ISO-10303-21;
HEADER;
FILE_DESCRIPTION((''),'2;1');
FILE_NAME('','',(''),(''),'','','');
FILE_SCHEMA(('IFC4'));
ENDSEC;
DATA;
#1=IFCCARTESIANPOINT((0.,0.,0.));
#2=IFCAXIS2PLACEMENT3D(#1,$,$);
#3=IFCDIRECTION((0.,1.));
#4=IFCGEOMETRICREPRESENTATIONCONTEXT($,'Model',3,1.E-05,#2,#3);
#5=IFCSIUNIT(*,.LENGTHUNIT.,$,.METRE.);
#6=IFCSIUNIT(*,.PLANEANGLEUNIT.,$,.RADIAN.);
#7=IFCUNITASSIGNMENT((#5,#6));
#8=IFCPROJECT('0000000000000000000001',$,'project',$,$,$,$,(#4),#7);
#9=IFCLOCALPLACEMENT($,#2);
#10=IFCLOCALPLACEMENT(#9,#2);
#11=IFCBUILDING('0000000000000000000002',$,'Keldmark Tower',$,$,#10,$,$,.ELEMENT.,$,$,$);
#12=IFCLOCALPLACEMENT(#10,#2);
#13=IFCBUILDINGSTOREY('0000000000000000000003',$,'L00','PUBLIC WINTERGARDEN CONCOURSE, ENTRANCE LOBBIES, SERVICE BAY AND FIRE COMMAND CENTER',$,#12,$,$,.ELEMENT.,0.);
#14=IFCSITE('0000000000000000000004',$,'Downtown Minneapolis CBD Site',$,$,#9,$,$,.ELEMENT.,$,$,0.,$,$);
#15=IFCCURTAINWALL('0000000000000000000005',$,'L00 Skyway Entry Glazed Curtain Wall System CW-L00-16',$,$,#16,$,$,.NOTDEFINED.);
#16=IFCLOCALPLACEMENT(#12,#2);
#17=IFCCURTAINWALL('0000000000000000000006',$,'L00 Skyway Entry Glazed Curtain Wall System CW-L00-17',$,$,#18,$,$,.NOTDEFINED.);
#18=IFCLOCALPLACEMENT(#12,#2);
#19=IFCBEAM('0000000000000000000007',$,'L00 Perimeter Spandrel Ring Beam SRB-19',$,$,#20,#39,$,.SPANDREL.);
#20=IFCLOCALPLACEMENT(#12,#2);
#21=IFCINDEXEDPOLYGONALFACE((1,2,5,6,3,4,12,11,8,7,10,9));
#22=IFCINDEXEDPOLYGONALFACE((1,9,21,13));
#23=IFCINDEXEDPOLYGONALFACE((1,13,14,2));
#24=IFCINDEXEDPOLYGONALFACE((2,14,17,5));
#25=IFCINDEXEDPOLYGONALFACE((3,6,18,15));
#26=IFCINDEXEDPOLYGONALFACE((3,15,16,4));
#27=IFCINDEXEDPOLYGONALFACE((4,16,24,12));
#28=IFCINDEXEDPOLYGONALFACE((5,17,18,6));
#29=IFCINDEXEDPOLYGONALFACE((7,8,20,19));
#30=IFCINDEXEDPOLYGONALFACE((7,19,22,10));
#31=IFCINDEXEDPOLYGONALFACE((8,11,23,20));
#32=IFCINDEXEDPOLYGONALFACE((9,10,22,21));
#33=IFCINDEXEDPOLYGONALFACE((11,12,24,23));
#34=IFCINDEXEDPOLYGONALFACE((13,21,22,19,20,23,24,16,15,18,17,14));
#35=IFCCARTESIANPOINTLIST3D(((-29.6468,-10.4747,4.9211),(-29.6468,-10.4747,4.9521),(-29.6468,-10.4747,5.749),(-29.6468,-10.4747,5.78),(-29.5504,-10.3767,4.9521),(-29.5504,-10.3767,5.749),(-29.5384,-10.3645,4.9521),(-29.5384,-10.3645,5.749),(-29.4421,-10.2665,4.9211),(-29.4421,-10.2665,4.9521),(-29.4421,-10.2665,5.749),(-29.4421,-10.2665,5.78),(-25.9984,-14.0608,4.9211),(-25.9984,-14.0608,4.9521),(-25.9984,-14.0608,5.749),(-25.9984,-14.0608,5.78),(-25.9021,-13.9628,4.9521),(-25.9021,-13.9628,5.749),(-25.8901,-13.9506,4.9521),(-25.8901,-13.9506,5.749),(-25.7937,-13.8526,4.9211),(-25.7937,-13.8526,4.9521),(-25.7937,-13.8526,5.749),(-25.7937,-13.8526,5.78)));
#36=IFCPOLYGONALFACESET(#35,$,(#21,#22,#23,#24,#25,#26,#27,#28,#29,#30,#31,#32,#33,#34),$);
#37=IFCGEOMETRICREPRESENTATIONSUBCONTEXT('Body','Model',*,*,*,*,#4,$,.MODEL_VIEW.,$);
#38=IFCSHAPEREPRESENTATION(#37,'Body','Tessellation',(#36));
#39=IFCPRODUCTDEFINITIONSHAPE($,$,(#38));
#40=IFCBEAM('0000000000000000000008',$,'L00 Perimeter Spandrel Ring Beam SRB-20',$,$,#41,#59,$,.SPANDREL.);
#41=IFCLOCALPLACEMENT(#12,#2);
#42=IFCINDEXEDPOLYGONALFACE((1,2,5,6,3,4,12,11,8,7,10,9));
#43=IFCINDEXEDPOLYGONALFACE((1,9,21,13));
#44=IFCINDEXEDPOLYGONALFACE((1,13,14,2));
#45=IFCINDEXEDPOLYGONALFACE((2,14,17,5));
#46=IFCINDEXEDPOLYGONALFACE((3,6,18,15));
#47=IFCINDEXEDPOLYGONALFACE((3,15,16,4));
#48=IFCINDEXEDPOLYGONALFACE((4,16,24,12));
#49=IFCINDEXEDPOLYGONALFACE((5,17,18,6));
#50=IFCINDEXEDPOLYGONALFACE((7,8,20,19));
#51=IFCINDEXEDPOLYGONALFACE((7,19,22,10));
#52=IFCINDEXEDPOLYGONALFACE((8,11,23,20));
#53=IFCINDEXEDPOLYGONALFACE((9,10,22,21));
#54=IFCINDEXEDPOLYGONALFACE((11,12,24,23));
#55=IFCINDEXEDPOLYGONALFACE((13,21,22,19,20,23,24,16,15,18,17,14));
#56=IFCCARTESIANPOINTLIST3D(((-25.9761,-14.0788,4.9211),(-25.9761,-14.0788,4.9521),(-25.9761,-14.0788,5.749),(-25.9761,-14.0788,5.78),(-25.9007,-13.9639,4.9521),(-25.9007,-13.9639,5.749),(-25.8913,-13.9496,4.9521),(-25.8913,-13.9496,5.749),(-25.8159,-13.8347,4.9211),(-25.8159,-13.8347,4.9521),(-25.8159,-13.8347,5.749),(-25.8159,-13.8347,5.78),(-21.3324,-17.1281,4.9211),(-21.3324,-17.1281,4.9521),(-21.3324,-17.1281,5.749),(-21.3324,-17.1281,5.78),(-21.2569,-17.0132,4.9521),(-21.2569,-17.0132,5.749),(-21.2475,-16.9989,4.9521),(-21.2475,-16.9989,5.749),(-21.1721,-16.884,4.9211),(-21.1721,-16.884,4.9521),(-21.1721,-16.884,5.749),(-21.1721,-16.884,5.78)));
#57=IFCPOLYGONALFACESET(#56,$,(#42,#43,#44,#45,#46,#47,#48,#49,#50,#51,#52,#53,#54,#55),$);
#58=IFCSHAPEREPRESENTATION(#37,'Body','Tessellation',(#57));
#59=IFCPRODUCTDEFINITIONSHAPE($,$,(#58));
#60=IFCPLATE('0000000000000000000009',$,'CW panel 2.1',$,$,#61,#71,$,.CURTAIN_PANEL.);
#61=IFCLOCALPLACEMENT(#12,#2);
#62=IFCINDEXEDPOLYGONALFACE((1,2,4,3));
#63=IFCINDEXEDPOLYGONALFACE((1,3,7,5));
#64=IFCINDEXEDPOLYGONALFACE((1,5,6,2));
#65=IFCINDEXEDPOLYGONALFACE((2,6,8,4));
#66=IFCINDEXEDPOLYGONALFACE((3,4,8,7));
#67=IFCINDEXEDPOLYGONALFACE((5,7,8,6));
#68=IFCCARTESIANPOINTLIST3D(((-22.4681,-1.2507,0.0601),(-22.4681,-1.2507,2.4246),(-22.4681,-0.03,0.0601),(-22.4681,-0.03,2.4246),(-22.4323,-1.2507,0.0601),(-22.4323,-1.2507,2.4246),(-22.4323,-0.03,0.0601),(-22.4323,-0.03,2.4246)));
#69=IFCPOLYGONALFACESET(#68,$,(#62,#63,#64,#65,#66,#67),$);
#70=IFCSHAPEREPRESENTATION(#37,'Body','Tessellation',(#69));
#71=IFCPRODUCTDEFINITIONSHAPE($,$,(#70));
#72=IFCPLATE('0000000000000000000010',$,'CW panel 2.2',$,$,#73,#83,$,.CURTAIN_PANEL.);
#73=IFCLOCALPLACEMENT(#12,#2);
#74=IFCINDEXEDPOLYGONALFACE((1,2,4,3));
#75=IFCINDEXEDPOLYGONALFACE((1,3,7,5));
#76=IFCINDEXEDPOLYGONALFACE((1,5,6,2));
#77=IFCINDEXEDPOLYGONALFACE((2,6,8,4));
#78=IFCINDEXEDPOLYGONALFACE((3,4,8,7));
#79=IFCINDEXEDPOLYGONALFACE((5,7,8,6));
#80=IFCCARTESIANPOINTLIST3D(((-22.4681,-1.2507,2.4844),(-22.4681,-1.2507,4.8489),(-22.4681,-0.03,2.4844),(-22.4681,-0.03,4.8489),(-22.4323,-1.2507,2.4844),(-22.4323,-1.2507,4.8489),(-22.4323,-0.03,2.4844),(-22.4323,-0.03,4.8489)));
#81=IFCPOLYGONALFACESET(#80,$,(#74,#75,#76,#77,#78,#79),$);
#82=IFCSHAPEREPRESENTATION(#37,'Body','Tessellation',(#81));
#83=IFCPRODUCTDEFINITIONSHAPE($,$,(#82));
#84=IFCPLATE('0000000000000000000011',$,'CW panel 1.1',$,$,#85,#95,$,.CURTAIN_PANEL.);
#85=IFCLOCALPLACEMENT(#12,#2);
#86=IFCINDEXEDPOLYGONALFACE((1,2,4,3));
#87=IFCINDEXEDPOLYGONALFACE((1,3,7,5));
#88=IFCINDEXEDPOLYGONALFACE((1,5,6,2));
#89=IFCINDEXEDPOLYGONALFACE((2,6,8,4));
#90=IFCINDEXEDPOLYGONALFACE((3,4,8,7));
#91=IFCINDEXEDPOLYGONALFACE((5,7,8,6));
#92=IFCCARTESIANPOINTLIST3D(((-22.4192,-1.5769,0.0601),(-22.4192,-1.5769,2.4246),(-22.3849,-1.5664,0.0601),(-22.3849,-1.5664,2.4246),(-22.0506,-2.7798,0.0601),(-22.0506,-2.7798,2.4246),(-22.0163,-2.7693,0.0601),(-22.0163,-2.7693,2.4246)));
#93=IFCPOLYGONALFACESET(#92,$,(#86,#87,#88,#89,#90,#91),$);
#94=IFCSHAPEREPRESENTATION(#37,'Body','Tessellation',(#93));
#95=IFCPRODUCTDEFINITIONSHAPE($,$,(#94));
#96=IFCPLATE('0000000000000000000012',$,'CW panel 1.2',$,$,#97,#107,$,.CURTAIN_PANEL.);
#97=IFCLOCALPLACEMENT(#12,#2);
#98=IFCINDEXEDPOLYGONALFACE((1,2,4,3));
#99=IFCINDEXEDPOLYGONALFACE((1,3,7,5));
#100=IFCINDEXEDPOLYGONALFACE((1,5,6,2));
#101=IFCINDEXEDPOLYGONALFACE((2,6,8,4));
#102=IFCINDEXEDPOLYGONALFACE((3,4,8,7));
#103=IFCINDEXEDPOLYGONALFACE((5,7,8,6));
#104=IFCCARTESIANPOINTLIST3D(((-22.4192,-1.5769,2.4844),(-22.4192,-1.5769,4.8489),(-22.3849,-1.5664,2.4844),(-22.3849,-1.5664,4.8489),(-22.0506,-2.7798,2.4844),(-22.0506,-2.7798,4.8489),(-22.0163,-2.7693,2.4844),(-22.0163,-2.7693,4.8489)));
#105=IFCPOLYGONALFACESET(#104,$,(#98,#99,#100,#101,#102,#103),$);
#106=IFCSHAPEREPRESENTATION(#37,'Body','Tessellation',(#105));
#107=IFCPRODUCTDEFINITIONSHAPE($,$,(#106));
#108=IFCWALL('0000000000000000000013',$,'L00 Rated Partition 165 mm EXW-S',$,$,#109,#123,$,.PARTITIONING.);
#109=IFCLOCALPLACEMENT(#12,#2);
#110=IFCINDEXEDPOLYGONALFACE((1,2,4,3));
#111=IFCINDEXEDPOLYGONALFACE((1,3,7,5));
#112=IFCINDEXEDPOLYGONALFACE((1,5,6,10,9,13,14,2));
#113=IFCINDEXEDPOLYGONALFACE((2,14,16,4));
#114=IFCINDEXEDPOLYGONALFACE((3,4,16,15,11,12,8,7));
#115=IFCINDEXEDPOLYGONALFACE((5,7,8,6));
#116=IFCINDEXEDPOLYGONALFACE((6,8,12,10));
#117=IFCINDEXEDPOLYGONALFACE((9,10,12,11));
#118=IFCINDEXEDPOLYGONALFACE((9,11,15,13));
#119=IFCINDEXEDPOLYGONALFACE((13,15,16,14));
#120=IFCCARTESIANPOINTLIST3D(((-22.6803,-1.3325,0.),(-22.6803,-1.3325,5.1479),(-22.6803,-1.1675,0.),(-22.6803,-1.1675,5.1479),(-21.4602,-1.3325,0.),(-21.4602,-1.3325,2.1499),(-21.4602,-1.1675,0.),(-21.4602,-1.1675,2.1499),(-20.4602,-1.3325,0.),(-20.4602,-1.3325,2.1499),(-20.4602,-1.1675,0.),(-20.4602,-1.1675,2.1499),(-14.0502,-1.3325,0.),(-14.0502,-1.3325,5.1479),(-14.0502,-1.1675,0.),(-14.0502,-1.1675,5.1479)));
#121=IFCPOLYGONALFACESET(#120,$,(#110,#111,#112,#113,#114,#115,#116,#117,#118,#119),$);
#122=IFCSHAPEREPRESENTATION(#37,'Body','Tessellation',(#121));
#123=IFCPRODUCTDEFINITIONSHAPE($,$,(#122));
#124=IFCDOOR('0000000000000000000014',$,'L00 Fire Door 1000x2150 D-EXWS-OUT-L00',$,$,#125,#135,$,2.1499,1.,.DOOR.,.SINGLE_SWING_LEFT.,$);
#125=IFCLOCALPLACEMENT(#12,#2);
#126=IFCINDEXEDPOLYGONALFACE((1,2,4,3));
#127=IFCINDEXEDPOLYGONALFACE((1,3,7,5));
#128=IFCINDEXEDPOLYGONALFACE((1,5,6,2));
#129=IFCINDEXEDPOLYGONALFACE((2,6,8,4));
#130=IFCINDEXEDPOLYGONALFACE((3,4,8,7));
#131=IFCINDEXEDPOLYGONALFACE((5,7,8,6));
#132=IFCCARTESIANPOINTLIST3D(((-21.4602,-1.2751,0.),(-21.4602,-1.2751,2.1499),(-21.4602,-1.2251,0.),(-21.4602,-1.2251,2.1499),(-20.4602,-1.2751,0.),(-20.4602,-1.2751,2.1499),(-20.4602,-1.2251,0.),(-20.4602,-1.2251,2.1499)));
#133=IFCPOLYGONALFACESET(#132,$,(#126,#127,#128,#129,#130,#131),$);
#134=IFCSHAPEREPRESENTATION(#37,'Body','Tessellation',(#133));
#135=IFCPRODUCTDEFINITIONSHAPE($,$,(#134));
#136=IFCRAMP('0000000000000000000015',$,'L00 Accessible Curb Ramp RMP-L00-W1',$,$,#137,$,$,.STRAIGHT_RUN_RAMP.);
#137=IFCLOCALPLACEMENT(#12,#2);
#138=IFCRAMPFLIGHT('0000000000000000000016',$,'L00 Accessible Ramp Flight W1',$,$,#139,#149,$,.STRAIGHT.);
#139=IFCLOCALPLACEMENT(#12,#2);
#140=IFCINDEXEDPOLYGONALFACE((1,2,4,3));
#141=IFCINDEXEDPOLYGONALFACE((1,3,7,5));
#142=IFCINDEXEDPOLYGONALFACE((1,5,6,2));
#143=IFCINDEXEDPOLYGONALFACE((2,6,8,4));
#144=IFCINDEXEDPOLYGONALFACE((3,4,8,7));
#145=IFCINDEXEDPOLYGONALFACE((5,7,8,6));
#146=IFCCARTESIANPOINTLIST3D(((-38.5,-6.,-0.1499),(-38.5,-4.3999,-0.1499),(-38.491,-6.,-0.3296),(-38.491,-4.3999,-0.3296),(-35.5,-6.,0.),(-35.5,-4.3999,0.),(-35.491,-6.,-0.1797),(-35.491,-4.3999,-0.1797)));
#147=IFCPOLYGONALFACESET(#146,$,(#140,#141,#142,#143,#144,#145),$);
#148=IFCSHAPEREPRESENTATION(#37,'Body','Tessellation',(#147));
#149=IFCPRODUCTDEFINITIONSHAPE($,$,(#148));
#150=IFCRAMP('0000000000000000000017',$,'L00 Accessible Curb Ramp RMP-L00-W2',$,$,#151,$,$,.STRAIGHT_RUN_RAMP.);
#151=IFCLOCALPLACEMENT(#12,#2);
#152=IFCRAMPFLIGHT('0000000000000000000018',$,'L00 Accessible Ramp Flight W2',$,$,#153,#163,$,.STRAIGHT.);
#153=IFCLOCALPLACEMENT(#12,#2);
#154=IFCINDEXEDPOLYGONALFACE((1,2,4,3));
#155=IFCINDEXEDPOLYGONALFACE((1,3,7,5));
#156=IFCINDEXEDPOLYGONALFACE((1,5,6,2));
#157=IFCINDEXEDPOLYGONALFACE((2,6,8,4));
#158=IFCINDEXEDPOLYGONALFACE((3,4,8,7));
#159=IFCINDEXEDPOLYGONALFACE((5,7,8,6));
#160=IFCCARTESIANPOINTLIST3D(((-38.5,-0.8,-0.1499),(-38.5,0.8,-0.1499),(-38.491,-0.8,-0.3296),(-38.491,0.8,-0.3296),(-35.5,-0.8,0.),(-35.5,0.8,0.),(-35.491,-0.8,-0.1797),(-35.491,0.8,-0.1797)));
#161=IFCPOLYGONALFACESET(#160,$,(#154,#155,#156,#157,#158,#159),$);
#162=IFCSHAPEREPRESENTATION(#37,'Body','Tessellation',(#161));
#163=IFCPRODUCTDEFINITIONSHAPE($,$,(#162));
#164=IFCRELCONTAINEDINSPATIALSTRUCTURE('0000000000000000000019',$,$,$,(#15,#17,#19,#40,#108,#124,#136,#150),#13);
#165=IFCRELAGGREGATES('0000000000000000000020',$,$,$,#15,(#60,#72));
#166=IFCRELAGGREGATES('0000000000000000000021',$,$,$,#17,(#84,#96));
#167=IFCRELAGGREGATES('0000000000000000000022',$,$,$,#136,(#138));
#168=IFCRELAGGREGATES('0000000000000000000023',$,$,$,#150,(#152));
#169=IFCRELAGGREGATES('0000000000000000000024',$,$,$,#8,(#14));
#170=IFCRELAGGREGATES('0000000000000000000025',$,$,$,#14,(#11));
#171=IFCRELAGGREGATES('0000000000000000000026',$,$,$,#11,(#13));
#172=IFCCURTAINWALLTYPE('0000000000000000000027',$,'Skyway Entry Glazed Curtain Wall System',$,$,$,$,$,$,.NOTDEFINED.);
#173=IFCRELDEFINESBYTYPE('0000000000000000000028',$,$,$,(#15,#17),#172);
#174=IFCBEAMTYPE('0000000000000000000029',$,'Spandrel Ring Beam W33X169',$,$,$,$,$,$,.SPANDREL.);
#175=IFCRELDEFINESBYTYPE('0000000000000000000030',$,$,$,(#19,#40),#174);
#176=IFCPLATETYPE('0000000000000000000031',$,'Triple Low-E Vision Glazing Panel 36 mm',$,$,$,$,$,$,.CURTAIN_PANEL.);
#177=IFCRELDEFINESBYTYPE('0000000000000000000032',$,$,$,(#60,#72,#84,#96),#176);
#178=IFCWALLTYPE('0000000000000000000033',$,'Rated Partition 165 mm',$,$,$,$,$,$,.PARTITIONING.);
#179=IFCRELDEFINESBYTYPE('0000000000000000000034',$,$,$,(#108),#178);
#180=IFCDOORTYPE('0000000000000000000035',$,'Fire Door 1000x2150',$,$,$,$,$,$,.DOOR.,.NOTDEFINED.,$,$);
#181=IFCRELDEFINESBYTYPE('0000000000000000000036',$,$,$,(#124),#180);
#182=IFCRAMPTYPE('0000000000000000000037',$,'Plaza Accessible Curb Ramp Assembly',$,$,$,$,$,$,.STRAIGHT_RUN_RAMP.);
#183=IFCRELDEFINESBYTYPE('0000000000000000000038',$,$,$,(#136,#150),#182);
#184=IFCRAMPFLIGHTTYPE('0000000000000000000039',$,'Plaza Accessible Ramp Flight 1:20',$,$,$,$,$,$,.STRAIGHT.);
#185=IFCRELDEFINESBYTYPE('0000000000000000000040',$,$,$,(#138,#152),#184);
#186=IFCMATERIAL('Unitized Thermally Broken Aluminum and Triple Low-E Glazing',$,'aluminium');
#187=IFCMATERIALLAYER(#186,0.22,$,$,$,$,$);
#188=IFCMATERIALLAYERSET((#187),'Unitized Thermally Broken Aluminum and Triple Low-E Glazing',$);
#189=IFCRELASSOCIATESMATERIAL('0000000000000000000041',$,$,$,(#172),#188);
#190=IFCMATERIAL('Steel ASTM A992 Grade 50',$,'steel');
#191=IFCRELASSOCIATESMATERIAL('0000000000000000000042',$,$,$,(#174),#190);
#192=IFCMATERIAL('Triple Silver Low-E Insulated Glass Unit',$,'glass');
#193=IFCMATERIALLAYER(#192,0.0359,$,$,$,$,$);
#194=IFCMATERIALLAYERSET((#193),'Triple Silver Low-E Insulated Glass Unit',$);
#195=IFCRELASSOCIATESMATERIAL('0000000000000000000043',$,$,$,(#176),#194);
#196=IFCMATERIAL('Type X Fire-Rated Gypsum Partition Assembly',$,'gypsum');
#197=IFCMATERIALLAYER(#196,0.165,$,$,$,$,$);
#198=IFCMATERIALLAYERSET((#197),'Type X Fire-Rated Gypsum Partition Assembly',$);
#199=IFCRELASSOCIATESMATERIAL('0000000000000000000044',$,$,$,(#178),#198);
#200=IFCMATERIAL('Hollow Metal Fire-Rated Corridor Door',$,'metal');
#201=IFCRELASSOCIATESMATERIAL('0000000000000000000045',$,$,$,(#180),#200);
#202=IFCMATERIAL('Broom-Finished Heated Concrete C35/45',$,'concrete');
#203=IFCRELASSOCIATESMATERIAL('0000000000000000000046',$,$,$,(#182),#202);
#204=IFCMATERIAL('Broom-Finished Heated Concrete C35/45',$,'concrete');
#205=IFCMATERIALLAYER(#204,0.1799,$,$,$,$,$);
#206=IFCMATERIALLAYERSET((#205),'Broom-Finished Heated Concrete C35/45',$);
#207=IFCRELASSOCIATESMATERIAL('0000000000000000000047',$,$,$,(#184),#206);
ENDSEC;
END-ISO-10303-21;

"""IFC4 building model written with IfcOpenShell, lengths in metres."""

from ifc_helpers import new_model, si_unit, direction, frame, frame_2d, origin, origin_2d, place, context, subcontext, project, spatial, polyline, rectangle, i_section, outline, extrude, material, layer, layer_set, material_profile, profile_set, type_object, element, fill, aggregate, save


model = new_model("IFC4")

# Units and contexts
model_context = context("Model", 3, precision=1e-05, world=origin(), true_north=direction((0.0, 1.0)))
body_context = subcontext(model_context, "Body", "Model", "MODEL_VIEW")
ifc_project = project(units=[si_unit("LENGTHUNIT", "METRE"), si_unit("PLANEANGLEUNIT", "RADIAN")], contexts=[model_context])

# Site, building, storey
site_placement = place(None, origin())
site = spatial("IfcSite", under=ifc_project, at=site_placement, Name="Downtown Minneapolis CBD Site", CompositionType="ELEMENT", RefElevation=0.0)
building_placement = place(site_placement, origin())
building = spatial("IfcBuilding", under=site, at=building_placement, Name="Keldmark Tower", CompositionType="ELEMENT")
storey_placement = place(building_placement, origin())
storey = spatial("IfcBuildingStorey", under=building, at=storey_placement, Name="L00", Description="PUBLIC WINTERGARDEN CONCOURSE, ENTRANCE LOBBIES, SERVICE BAY AND FIRE COMMAND CENTER", CompositionType="ELEMENT", Elevation=0.0)

# Curtain walls
ifc_material_1 = material(Name="Unitized Thermally Broken Aluminum and Triple Low-E Glazing", Category="aluminium")
ifc_layer_1 = layer(ifc_material_1, 0.22)
ifc_layer_set_1 = layer_set([ifc_layer_1], Name="Unitized Thermally Broken Aluminum and Triple Low-E Glazing")
curtain_wall_type = type_object("IfcCurtainWallType", Name="Skyway Entry Glazed Curtain Wall System", PredefinedType="NOTDEFINED", material=ifc_layer_set_1)
curtain_wall_1_placement = place(storey_placement, origin())
curtain_wall_1 = element("IfcCurtainWall", 1, at=curtain_wall_1_placement, inside=storey, type_object=curtain_wall_type, Name="L00 Skyway Entry Glazed Curtain Wall System CW-L00-16", PredefinedType="NOTDEFINED")
curtain_wall_2_placement = place(storey_placement, origin())
curtain_wall_2 = element("IfcCurtainWall", 2, at=curtain_wall_2_placement, inside=storey, type_object=curtain_wall_type, Name="L00 Skyway Entry Glazed Curtain Wall System CW-L00-17", PredefinedType="NOTDEFINED")

# Beams
ifc_material_2 = material(Name="Steel ASTM A992 Grade 50", Category="steel")
ifc_material_profile_1 = material_profile(ifc_material_2, i_section(OverallWidth=0.292, OverallDepth=0.8589, WebThickness=0.0171, FlangeThickness=0.031, at=origin_2d()), Name="W33X169")
ifc_profile_set_1 = profile_set([ifc_material_profile_1], Name="Steel ASTM A992 Grade 50")
beam_type_1 = type_object("IfcBeamType", Name="Spandrel Ring Beam W33X169", PredefinedType="SPANDREL", material=ifc_profile_set_1)
beam_1_placement = place(storey_placement, frame((-29.5444, -10.3706, 5.3506), z_axis=(0.713165, -0.700996, 0.0), x_axis=(0.700996, 0.713165, 0.0)))
element("IfcBeam", 3, at=beam_1_placement, inside=storey, type_object=beam_type_1, Name="L00 Perimeter Spandrel Ring Beam SRB-19", PredefinedType="SPANDREL", context=body_context, shape_type="SweptSolid", body=[
    extrude(i_section(OverallWidth=0.292, OverallDepth=0.8589, WebThickness=0.0171, FlangeThickness=0.031, at=origin_2d()), origin(), (0.0, 0.0, 1.0), 5.1157),
])
beam_2_placement = place(storey_placement, frame((-25.896, -13.9568, 5.3506), z_axis=(0.835897, -0.548886, 0.0), x_axis=(0.548886, 0.835897, 0.0)))
element("IfcBeam", 4, at=beam_2_placement, inside=storey, type_object=beam_type_1, Name="L00 Perimeter Spandrel Ring Beam SRB-20", PredefinedType="SPANDREL", context=body_context, shape_type="SweptSolid", body=[
    extrude(i_section(OverallWidth=0.292, OverallDepth=0.8589, WebThickness=0.0171, FlangeThickness=0.031, at=origin_2d()), origin(), (0.0, 0.0, 1.0), 5.5554),
])

# Plates
ifc_material_3 = material(Name="Triple Silver Low-E Insulated Glass Unit", Category="glass")
ifc_layer_2 = layer(ifc_material_3, 0.0359)
ifc_layer_set_2 = layer_set([ifc_layer_2], Name="Triple Silver Low-E Insulated Glass Unit")
plate_type = type_object("IfcPlateType", Name="Triple Low-E Vision Glazing Panel 36 mm", PredefinedType="CURTAIN_PANEL", material=ifc_layer_set_2)
plate_1_placement = place(storey_placement, frame((-22.4502, -0.6404, 0.0601), z_axis=(0.0, 0.0, 1.0), x_axis=(0.0, -1.0, 0.0)))
plate_1 = element("IfcPlate", 5, at=plate_1_placement, type_object=plate_type, Name="CW panel 2.1", PredefinedType="CURTAIN_PANEL", context=body_context, shape_type="SweptSolid", body=[
    extrude(rectangle(XDim=1.2207, YDim=0.0359, at=origin_2d()), origin(), (0.0, 0.0, 1.0), 2.3645),
])
plate_2_placement = place(storey_placement, frame((-22.4502, -0.6404, 2.4844), z_axis=(0.0, 0.0, 1.0), x_axis=(0.0, -1.0, 0.0)))
plate_2 = element("IfcPlate", 6, at=plate_2_placement, type_object=plate_type, Name="CW panel 2.2", PredefinedType="CURTAIN_PANEL", context=body_context, shape_type="SweptSolid", body=[
    extrude(rectangle(XDim=1.2207, YDim=0.0359, at=origin_2d()), origin(), (0.0, 0.0, 1.0), 2.3645),
])
aggregate(curtain_wall_1, [plate_1, plate_2])
plate_3_placement = place(storey_placement, frame((-22.2178, -2.1731, 0.0601), z_axis=(0.0, 0.0, 1.0), x_axis=(0.293022, -0.956106, 0.0)))
plate_3 = element("IfcPlate", 7, at=plate_3_placement, type_object=plate_type, Name="CW panel 1.1", PredefinedType="CURTAIN_PANEL", context=body_context, shape_type="SweptSolid", body=[
    extrude(rectangle(XDim=1.2581, YDim=0.0359, at=origin_2d()), origin(), (0.0, 0.0, 1.0), 2.3645),
])
plate_4_placement = place(storey_placement, frame((-22.2178, -2.1731, 2.4844), z_axis=(0.0, 0.0, 1.0), x_axis=(0.293022, -0.956106, 0.0)))
plate_4 = element("IfcPlate", 8, at=plate_4_placement, type_object=plate_type, Name="CW panel 1.2", PredefinedType="CURTAIN_PANEL", context=body_context, shape_type="SweptSolid", body=[
    extrude(rectangle(XDim=1.2581, YDim=0.0359, at=origin_2d()), origin(), (0.0, 0.0, 1.0), 2.3645),
])
aggregate(curtain_wall_2, [plate_3, plate_4])

# Wall, opening, door
ifc_material_4 = material(Name="Type X Fire-Rated Gypsum Partition Assembly", Category="gypsum")
ifc_layer_3 = layer(ifc_material_4, 0.165)
ifc_layer_set_3 = layer_set([ifc_layer_3], Name="Type X Fire-Rated Gypsum Partition Assembly")
wall_type = type_object("IfcWallType", Name="Rated Partition 165 mm", PredefinedType="PARTITIONING", material=ifc_layer_set_3)
wall_placement = place(storey_placement, frame((-22.6802, -1.25, 0.0), z_axis=(0.0, 0.0, 1.0), x_axis=(1.0, 0.0, 0.0)))
wall = element("IfcWall", 9, at=wall_placement, inside=storey, type_object=wall_type, Name="L00 Rated Partition 165 mm EXW-S", PredefinedType="PARTITIONING", context=body_context, shape_type="SweptSolid", body=[
    extrude(rectangle(XDim=8.6301, YDim=0.165, at=frame_2d((4.3149, 0.0))), origin(), (0.0, 0.0, 1.0), 5.1479),
])
opening_placement = place(wall_placement, frame((1.22, 0.0, 0.0)))
opening = element("IfcOpeningElement", 10, at=opening_placement, cuts=wall, PredefinedType="OPENING", context=body_context, shape_type="SweptSolid", body=[
    extrude(rectangle(XDim=1.0, YDim=2.1499, at=frame_2d((0.5, 1.075))), frame((0.0, 0.0925, 0.0), z_axis=(0.0, -1.0, 0.0), x_axis=(1.0, 0.0, 0.0)), (0.0, 0.0, 1.0), 0.1851),
])
ifc_material_5 = material(Name="Hollow Metal Fire-Rated Corridor Door", Category="metal")
door_type = type_object("IfcDoorType", Name="Fire Door 1000x2150", OperationType="NOTDEFINED", PredefinedType="DOOR", material=ifc_material_5)
door_placement = place(opening_placement, origin())
door = element("IfcDoor", 11, at=door_placement, inside=storey, type_object=door_type, Name="L00 Fire Door 1000x2150 D-EXWS-OUT-L00", OperationType="SINGLE_SWING_LEFT", OverallHeight=2.1499, OverallWidth=1.0, PredefinedType="DOOR", context=body_context, shape_type="SweptSolid", body=[
    extrude(rectangle(XDim=1.0, YDim=2.1499, at=frame_2d((0.5, 1.075))), frame((0.0, 0.0249, 0.0), z_axis=(0.0, -1.0, 0.0), x_axis=(1.0, 0.0, 0.0)), (0.0, 0.0, 1.0), 0.05),
])
fill(opening, door)

# Ramps, ramp flights
ifc_material_6 = material(Name="Broom-Finished Heated Concrete C35/45", Category="concrete")
ramp_type = type_object("IfcRampType", Name="Plaza Accessible Curb Ramp Assembly", PredefinedType="STRAIGHT_RUN_RAMP", material=ifc_material_6)
ramp_1_placement = place(storey_placement, origin())
ramp_1 = element("IfcRamp", 12, at=ramp_1_placement, inside=storey, type_object=ramp_type, Name="L00 Accessible Curb Ramp RMP-L00-W1", PredefinedType="STRAIGHT_RUN_RAMP")
ifc_material_7 = material(Name="Broom-Finished Heated Concrete C35/45", Category="concrete")
ifc_layer_4 = layer(ifc_material_7, 0.1799)
ifc_layer_set_4 = layer_set([ifc_layer_4], Name="Broom-Finished Heated Concrete C35/45")
ramp_flight_type = type_object("IfcRampFlightType", Name="Plaza Accessible Ramp Flight 1:20", PredefinedType="STRAIGHT", material=ifc_layer_set_4)
ramp_flight_1_placement = place(storey_placement, frame((-38.5, -6.0, -0.1499), z_axis=(-0.049905, 0.0, 0.998754), x_axis=(0.998754, 0.0, 0.049905)))
ramp_flight_1 = element("IfcRampFlight", 13, at=ramp_flight_1_placement, type_object=ramp_flight_type, Name="L00 Accessible Ramp Flight W1", PredefinedType="STRAIGHT", context=body_context, shape_type="SweptSolid", body=[
    extrude(outline(polyline([(0.0, 0.0), (3.0037, 0.0), (3.0037, 1.6001), (0.0, 1.6001), (0.0, 0.0)])), origin(), (0.0, 0.0, -1.0), 0.1799),
])
aggregate(ramp_1, [ramp_flight_1])
ramp_2_placement = place(storey_placement, origin())
ramp_2 = element("IfcRamp", 14, at=ramp_2_placement, inside=storey, type_object=ramp_type, Name="L00 Accessible Curb Ramp RMP-L00-W2", PredefinedType="STRAIGHT_RUN_RAMP")
ramp_flight_2_placement = place(storey_placement, frame((-38.5, -0.8, -0.1499), z_axis=(-0.049905, 0.0, 0.998754), x_axis=(0.998754, 0.0, 0.049905)))
ramp_flight_2 = element("IfcRampFlight", 15, at=ramp_flight_2_placement, type_object=ramp_flight_type, Name="L00 Accessible Ramp Flight W2", PredefinedType="STRAIGHT", context=body_context, shape_type="SweptSolid", body=[
    extrude(outline(polyline([(0.0, 0.0), (3.0037, 0.0), (3.0037, 1.6001), (0.0, 1.6001), (0.0, 0.0)])), origin(), (0.0, 0.0, -1.0), 0.1799),
])
aggregate(ramp_2, [ramp_flight_2])

save(model, "model.ifc")
